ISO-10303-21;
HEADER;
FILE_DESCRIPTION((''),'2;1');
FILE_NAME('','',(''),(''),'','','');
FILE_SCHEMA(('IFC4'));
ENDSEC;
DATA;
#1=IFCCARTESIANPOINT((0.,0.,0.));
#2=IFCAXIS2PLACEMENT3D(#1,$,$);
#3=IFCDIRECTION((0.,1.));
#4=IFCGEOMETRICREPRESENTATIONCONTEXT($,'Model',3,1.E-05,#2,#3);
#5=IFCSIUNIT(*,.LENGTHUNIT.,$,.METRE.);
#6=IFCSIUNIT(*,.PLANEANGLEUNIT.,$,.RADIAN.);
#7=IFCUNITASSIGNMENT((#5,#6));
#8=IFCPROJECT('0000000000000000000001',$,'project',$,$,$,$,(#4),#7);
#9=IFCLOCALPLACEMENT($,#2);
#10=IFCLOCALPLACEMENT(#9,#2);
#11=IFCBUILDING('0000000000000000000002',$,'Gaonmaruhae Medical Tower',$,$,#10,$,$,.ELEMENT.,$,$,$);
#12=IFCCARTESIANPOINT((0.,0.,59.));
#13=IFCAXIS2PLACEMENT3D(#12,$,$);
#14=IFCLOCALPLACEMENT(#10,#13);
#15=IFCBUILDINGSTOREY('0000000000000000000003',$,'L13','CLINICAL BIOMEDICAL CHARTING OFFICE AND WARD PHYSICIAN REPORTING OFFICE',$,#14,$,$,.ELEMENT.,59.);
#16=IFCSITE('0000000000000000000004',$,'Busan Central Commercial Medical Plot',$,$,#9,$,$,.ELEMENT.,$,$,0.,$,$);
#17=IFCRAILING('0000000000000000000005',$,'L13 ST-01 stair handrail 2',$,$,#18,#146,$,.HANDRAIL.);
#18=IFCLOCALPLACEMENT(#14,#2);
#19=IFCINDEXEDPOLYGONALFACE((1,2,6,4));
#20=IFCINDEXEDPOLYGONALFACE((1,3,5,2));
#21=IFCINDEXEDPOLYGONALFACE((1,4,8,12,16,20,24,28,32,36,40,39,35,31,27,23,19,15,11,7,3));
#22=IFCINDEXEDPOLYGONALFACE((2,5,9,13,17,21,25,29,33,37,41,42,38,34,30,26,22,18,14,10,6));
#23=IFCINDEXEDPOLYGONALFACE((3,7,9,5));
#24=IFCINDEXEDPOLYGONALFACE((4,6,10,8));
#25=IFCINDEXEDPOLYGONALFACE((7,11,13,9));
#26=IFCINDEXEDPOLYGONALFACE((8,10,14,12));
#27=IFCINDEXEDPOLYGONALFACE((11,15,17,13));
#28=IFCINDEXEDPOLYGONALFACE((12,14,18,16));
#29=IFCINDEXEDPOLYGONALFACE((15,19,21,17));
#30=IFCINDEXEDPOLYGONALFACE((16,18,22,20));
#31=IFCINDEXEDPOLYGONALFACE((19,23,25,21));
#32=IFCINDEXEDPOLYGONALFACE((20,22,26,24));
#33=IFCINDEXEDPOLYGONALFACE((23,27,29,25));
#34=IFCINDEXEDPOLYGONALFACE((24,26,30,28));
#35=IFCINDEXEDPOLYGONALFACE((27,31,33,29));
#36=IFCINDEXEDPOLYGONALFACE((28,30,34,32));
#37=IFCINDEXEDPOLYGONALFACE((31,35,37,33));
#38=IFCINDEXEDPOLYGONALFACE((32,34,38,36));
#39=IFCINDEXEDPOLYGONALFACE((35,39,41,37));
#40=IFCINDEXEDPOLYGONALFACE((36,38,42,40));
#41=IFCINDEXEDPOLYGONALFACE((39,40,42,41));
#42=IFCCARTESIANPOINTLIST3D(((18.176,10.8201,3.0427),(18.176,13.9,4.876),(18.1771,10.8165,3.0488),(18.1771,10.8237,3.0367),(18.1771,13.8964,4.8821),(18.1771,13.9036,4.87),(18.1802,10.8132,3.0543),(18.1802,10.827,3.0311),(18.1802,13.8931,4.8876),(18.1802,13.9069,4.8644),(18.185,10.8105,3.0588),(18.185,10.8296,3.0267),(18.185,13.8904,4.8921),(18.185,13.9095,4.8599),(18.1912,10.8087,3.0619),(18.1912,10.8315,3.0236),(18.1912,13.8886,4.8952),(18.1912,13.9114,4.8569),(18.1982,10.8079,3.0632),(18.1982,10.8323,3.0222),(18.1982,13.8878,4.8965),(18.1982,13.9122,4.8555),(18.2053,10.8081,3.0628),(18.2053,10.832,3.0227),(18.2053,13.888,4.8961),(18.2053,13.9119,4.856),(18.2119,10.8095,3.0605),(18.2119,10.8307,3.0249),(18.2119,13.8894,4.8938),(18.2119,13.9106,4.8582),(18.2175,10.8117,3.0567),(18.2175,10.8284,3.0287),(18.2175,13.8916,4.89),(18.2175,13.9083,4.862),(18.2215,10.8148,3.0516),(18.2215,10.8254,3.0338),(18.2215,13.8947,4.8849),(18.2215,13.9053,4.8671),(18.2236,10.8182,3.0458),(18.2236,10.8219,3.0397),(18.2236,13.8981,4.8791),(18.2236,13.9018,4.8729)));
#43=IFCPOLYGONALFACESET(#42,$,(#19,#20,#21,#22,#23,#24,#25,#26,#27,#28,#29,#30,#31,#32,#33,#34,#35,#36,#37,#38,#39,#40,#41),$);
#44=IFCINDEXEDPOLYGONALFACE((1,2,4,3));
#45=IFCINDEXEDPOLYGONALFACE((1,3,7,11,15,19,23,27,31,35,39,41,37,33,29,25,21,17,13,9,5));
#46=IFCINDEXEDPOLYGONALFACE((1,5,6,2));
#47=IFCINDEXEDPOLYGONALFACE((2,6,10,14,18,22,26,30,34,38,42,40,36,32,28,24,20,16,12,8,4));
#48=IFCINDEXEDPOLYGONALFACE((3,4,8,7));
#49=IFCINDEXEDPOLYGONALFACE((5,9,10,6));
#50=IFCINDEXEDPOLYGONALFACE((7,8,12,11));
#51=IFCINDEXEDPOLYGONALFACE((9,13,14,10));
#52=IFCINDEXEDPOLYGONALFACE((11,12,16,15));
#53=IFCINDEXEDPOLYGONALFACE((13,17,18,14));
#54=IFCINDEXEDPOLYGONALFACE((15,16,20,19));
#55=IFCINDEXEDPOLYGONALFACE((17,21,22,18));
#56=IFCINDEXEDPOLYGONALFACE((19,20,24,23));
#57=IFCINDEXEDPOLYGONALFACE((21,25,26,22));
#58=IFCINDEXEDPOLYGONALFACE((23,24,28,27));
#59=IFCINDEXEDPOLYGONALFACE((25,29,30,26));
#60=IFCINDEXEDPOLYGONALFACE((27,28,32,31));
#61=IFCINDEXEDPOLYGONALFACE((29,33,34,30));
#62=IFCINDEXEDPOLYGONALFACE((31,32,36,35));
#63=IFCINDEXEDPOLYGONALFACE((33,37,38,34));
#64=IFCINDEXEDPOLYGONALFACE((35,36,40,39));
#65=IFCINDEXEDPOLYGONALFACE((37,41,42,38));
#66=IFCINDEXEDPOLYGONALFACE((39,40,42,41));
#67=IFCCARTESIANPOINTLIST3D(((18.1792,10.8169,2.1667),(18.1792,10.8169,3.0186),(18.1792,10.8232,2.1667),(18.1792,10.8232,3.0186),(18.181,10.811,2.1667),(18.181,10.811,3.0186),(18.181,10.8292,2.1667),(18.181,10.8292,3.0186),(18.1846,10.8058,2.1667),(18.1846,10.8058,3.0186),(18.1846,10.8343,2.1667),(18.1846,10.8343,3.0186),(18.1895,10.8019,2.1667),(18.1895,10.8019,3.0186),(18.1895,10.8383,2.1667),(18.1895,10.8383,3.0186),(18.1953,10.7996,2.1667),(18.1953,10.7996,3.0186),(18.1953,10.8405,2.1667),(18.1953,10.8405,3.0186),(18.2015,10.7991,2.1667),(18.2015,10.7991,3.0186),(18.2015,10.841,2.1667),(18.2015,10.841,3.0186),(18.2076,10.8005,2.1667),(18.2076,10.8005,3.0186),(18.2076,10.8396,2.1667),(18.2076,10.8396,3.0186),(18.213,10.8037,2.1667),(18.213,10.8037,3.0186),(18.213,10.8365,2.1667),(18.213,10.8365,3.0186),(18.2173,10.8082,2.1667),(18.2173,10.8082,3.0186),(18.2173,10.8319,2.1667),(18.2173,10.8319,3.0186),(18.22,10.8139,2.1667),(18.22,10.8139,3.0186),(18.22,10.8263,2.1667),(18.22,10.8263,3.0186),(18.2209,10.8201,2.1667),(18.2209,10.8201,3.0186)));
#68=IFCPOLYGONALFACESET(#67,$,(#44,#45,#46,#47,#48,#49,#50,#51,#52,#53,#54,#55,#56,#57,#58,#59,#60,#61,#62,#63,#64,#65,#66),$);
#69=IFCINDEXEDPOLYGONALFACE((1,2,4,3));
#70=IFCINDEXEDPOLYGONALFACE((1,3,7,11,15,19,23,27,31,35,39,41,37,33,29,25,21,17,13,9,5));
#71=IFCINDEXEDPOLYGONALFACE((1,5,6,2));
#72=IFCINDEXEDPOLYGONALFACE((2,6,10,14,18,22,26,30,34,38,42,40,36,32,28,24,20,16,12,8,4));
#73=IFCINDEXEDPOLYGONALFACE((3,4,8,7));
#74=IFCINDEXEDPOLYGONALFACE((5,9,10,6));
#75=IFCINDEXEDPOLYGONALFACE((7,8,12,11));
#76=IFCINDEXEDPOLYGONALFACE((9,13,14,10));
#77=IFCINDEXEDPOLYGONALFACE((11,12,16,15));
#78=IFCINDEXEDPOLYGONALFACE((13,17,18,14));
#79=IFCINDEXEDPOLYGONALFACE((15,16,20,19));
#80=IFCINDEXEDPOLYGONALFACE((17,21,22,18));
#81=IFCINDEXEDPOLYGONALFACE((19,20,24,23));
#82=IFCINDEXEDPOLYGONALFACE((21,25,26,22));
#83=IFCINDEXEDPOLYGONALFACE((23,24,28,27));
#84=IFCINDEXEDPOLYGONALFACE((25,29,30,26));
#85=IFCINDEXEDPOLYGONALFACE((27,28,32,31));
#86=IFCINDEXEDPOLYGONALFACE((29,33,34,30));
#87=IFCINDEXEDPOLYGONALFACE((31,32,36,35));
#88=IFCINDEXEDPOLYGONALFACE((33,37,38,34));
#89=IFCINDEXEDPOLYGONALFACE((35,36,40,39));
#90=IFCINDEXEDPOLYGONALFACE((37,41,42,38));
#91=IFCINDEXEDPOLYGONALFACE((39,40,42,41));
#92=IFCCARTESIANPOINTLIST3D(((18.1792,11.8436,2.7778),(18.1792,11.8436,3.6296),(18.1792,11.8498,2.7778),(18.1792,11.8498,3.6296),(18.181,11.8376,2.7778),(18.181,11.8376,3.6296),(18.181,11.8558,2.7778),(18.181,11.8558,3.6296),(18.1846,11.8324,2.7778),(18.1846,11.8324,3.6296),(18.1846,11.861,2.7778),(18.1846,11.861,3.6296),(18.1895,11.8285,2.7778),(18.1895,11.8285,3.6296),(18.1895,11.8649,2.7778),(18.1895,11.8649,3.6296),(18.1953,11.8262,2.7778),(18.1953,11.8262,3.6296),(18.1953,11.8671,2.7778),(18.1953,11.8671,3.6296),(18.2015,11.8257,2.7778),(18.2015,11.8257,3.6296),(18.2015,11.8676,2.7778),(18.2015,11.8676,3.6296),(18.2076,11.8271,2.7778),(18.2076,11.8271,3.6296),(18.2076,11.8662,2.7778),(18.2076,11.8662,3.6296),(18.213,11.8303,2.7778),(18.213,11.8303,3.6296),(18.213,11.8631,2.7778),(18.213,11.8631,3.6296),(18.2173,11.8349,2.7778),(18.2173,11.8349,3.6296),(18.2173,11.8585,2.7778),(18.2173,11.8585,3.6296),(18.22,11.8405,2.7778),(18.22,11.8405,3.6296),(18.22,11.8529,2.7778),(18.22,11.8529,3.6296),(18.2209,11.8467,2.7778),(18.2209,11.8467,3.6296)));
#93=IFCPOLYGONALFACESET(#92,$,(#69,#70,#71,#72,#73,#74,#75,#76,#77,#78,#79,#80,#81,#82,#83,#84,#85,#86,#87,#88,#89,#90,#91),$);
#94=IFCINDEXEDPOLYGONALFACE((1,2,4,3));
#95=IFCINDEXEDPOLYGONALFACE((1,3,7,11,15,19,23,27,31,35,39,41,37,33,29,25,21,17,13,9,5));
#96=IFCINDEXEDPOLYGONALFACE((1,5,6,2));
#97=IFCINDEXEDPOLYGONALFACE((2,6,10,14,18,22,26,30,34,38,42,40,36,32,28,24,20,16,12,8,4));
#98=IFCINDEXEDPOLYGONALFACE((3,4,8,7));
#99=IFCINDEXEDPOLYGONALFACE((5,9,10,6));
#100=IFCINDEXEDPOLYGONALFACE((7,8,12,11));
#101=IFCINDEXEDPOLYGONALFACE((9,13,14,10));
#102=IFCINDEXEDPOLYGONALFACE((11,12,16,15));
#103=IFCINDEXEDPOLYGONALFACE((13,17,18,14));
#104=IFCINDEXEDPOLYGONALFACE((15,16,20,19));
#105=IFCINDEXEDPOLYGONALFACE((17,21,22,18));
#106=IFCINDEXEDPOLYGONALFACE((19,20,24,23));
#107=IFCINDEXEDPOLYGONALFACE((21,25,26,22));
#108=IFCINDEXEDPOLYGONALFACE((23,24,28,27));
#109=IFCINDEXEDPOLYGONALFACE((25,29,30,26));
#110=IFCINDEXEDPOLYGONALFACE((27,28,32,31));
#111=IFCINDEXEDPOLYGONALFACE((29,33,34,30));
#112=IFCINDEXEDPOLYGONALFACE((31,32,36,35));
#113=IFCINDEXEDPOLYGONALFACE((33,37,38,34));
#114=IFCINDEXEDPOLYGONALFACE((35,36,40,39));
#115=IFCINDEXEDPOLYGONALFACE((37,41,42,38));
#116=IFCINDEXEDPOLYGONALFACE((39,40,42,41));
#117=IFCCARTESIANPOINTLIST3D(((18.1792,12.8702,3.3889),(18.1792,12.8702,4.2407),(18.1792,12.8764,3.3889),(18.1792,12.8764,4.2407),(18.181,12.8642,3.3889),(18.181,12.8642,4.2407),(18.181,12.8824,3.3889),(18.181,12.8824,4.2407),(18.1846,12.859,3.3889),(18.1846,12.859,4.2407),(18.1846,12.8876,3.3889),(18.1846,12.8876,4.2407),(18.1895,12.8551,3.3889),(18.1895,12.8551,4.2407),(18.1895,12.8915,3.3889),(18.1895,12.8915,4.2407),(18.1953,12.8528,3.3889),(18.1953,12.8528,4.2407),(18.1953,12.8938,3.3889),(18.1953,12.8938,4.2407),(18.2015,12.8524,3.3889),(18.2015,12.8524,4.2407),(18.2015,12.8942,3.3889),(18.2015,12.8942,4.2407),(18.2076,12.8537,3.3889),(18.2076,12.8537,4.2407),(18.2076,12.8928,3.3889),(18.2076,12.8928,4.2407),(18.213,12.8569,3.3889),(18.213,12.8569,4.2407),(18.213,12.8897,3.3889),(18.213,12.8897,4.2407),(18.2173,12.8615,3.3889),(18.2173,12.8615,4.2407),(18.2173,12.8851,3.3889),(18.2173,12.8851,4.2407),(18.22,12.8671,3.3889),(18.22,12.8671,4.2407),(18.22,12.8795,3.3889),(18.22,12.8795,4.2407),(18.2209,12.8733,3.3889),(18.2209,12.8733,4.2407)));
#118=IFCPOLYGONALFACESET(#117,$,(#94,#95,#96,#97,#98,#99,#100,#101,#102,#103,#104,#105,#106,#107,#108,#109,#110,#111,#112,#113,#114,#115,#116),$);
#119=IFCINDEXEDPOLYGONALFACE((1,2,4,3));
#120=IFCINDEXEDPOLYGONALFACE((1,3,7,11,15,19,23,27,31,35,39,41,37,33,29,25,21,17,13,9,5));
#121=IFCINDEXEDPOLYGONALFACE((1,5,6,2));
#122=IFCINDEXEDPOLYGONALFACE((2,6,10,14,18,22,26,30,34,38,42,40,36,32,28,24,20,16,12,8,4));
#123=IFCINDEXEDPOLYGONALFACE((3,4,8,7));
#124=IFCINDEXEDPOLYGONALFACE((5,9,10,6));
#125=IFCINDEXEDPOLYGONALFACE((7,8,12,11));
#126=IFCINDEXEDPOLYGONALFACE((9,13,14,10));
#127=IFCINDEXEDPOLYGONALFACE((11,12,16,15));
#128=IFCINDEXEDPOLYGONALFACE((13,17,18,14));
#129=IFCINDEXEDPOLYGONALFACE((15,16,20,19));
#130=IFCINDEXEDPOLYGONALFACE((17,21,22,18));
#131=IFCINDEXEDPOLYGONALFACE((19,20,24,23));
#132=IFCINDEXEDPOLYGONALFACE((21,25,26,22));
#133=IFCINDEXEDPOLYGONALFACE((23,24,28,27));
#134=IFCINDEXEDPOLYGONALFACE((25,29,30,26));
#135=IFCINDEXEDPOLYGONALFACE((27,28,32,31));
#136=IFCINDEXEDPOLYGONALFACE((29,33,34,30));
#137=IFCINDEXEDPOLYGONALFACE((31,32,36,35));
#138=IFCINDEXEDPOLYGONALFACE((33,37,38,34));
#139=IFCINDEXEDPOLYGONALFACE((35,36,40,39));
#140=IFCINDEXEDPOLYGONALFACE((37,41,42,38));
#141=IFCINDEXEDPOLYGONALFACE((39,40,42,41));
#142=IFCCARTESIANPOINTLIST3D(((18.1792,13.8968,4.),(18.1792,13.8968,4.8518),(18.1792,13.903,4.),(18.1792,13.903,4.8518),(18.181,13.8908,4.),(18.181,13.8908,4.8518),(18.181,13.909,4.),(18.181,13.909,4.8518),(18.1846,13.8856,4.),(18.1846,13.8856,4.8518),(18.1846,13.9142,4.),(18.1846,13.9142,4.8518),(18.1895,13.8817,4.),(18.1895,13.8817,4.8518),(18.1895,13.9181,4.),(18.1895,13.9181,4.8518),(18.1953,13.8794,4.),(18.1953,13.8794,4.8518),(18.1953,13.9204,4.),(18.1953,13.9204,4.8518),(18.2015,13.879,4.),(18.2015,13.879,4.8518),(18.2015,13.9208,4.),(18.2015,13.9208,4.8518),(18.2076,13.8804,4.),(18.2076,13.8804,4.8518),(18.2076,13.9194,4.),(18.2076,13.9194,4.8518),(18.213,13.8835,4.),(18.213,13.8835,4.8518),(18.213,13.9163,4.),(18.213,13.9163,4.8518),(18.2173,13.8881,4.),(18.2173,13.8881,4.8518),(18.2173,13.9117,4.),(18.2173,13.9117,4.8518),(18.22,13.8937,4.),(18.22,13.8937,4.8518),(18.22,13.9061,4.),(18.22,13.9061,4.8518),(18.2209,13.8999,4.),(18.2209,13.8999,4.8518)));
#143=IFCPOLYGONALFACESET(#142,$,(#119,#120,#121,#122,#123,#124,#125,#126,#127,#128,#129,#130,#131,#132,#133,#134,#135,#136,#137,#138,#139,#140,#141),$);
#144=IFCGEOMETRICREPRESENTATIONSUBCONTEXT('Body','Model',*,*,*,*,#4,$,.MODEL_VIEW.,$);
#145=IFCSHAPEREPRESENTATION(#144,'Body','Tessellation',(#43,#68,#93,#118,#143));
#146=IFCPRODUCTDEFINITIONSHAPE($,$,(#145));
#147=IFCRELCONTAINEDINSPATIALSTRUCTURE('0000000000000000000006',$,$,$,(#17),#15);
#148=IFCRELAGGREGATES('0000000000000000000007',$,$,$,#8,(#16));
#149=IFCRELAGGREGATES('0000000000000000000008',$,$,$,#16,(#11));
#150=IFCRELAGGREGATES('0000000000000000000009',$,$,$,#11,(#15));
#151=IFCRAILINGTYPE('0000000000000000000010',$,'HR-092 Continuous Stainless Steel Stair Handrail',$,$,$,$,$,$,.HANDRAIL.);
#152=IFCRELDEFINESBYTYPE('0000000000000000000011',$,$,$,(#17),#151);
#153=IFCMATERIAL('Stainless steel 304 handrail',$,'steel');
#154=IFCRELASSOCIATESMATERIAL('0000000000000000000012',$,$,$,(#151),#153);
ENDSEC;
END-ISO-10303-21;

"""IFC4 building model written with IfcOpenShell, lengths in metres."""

from ifc_helpers import new_model, si_unit, direction, frame, origin, origin_2d, place, context, subcontext, project, spatial, circle, extrude, material, type_object, element, save


model = new_model("IFC4")

# Units and contexts
model_context = context("Model", 3, precision=1e-05, world=origin(), true_north=direction((0.0, 1.0)))
body_context = subcontext(model_context, "Body", "Model", "MODEL_VIEW")
ifc_project = project(units=[si_unit("LENGTHUNIT", "METRE"), si_unit("PLANEANGLEUNIT", "RADIAN")], contexts=[model_context])

# Site, building, storey
site_placement = place(None, origin())
site = spatial("IfcSite", under=ifc_project, at=site_placement, Name="Busan Central Commercial Medical Plot", CompositionType="ELEMENT", RefElevation=0.0)
building_placement = place(site_placement, origin())
building = spatial("IfcBuilding", under=site, at=building_placement, Name="Gaonmaruhae Medical Tower", CompositionType="ELEMENT")
storey_placement = place(building_placement, frame((0.0, 0.0, 59.0)))
storey = spatial("IfcBuildingStorey", under=building, at=storey_placement, Name="L13", Description="CLINICAL BIOMEDICAL CHARTING OFFICE AND WARD PHYSICIAN REPORTING OFFICE", CompositionType="ELEMENT", Elevation=59.0)

# Railing
ifc_material_1 = material(Name="Stainless steel 304 handrail", Category="steel")
railing_type_1 = type_object("IfcRailingType", Name="HR-092 Continuous Stainless Steel Stair Handrail", PredefinedType="HANDRAIL", material=ifc_material_1)
railing_1_placement = place(storey_placement, frame((18.2, 10.8201, 2.1667)))
element("IfcRailing", 1, at=railing_1_placement, inside=storey, type_object=railing_type_1, Name="L13 ST-01 stair handrail 2", PredefinedType="HANDRAIL", context=body_context, shape_type="SweptSolid", body=[
    extrude(circle(Radius=0.0239, at=origin_2d()), frame((0.0, 0.0, 0.876), z_axis=(0.0, 0.859291, 0.511487), x_axis=(-1.0, 0.0, 0.0)), (0.0, 0.0, 1.0), 3.5842),
    extrude(circle(Radius=0.021, at=origin_2d()), origin(), (0.0, 0.0, 1.0), 0.8518),
    extrude(circle(Radius=0.021, at=origin_2d()), frame((0.0, 1.0266, 0.6111)), (0.0, 0.0, 1.0), 0.8518),
    extrude(circle(Radius=0.021, at=origin_2d()), frame((0.0, 2.0532, 1.2222)), (0.0, 0.0, 1.0), 0.8518),
    extrude(circle(Radius=0.021, at=origin_2d()), frame((0.0, 3.0798, 1.8333)), (0.0, 0.0, 1.0), 0.8518),
])

save(model, "model.ifc")
